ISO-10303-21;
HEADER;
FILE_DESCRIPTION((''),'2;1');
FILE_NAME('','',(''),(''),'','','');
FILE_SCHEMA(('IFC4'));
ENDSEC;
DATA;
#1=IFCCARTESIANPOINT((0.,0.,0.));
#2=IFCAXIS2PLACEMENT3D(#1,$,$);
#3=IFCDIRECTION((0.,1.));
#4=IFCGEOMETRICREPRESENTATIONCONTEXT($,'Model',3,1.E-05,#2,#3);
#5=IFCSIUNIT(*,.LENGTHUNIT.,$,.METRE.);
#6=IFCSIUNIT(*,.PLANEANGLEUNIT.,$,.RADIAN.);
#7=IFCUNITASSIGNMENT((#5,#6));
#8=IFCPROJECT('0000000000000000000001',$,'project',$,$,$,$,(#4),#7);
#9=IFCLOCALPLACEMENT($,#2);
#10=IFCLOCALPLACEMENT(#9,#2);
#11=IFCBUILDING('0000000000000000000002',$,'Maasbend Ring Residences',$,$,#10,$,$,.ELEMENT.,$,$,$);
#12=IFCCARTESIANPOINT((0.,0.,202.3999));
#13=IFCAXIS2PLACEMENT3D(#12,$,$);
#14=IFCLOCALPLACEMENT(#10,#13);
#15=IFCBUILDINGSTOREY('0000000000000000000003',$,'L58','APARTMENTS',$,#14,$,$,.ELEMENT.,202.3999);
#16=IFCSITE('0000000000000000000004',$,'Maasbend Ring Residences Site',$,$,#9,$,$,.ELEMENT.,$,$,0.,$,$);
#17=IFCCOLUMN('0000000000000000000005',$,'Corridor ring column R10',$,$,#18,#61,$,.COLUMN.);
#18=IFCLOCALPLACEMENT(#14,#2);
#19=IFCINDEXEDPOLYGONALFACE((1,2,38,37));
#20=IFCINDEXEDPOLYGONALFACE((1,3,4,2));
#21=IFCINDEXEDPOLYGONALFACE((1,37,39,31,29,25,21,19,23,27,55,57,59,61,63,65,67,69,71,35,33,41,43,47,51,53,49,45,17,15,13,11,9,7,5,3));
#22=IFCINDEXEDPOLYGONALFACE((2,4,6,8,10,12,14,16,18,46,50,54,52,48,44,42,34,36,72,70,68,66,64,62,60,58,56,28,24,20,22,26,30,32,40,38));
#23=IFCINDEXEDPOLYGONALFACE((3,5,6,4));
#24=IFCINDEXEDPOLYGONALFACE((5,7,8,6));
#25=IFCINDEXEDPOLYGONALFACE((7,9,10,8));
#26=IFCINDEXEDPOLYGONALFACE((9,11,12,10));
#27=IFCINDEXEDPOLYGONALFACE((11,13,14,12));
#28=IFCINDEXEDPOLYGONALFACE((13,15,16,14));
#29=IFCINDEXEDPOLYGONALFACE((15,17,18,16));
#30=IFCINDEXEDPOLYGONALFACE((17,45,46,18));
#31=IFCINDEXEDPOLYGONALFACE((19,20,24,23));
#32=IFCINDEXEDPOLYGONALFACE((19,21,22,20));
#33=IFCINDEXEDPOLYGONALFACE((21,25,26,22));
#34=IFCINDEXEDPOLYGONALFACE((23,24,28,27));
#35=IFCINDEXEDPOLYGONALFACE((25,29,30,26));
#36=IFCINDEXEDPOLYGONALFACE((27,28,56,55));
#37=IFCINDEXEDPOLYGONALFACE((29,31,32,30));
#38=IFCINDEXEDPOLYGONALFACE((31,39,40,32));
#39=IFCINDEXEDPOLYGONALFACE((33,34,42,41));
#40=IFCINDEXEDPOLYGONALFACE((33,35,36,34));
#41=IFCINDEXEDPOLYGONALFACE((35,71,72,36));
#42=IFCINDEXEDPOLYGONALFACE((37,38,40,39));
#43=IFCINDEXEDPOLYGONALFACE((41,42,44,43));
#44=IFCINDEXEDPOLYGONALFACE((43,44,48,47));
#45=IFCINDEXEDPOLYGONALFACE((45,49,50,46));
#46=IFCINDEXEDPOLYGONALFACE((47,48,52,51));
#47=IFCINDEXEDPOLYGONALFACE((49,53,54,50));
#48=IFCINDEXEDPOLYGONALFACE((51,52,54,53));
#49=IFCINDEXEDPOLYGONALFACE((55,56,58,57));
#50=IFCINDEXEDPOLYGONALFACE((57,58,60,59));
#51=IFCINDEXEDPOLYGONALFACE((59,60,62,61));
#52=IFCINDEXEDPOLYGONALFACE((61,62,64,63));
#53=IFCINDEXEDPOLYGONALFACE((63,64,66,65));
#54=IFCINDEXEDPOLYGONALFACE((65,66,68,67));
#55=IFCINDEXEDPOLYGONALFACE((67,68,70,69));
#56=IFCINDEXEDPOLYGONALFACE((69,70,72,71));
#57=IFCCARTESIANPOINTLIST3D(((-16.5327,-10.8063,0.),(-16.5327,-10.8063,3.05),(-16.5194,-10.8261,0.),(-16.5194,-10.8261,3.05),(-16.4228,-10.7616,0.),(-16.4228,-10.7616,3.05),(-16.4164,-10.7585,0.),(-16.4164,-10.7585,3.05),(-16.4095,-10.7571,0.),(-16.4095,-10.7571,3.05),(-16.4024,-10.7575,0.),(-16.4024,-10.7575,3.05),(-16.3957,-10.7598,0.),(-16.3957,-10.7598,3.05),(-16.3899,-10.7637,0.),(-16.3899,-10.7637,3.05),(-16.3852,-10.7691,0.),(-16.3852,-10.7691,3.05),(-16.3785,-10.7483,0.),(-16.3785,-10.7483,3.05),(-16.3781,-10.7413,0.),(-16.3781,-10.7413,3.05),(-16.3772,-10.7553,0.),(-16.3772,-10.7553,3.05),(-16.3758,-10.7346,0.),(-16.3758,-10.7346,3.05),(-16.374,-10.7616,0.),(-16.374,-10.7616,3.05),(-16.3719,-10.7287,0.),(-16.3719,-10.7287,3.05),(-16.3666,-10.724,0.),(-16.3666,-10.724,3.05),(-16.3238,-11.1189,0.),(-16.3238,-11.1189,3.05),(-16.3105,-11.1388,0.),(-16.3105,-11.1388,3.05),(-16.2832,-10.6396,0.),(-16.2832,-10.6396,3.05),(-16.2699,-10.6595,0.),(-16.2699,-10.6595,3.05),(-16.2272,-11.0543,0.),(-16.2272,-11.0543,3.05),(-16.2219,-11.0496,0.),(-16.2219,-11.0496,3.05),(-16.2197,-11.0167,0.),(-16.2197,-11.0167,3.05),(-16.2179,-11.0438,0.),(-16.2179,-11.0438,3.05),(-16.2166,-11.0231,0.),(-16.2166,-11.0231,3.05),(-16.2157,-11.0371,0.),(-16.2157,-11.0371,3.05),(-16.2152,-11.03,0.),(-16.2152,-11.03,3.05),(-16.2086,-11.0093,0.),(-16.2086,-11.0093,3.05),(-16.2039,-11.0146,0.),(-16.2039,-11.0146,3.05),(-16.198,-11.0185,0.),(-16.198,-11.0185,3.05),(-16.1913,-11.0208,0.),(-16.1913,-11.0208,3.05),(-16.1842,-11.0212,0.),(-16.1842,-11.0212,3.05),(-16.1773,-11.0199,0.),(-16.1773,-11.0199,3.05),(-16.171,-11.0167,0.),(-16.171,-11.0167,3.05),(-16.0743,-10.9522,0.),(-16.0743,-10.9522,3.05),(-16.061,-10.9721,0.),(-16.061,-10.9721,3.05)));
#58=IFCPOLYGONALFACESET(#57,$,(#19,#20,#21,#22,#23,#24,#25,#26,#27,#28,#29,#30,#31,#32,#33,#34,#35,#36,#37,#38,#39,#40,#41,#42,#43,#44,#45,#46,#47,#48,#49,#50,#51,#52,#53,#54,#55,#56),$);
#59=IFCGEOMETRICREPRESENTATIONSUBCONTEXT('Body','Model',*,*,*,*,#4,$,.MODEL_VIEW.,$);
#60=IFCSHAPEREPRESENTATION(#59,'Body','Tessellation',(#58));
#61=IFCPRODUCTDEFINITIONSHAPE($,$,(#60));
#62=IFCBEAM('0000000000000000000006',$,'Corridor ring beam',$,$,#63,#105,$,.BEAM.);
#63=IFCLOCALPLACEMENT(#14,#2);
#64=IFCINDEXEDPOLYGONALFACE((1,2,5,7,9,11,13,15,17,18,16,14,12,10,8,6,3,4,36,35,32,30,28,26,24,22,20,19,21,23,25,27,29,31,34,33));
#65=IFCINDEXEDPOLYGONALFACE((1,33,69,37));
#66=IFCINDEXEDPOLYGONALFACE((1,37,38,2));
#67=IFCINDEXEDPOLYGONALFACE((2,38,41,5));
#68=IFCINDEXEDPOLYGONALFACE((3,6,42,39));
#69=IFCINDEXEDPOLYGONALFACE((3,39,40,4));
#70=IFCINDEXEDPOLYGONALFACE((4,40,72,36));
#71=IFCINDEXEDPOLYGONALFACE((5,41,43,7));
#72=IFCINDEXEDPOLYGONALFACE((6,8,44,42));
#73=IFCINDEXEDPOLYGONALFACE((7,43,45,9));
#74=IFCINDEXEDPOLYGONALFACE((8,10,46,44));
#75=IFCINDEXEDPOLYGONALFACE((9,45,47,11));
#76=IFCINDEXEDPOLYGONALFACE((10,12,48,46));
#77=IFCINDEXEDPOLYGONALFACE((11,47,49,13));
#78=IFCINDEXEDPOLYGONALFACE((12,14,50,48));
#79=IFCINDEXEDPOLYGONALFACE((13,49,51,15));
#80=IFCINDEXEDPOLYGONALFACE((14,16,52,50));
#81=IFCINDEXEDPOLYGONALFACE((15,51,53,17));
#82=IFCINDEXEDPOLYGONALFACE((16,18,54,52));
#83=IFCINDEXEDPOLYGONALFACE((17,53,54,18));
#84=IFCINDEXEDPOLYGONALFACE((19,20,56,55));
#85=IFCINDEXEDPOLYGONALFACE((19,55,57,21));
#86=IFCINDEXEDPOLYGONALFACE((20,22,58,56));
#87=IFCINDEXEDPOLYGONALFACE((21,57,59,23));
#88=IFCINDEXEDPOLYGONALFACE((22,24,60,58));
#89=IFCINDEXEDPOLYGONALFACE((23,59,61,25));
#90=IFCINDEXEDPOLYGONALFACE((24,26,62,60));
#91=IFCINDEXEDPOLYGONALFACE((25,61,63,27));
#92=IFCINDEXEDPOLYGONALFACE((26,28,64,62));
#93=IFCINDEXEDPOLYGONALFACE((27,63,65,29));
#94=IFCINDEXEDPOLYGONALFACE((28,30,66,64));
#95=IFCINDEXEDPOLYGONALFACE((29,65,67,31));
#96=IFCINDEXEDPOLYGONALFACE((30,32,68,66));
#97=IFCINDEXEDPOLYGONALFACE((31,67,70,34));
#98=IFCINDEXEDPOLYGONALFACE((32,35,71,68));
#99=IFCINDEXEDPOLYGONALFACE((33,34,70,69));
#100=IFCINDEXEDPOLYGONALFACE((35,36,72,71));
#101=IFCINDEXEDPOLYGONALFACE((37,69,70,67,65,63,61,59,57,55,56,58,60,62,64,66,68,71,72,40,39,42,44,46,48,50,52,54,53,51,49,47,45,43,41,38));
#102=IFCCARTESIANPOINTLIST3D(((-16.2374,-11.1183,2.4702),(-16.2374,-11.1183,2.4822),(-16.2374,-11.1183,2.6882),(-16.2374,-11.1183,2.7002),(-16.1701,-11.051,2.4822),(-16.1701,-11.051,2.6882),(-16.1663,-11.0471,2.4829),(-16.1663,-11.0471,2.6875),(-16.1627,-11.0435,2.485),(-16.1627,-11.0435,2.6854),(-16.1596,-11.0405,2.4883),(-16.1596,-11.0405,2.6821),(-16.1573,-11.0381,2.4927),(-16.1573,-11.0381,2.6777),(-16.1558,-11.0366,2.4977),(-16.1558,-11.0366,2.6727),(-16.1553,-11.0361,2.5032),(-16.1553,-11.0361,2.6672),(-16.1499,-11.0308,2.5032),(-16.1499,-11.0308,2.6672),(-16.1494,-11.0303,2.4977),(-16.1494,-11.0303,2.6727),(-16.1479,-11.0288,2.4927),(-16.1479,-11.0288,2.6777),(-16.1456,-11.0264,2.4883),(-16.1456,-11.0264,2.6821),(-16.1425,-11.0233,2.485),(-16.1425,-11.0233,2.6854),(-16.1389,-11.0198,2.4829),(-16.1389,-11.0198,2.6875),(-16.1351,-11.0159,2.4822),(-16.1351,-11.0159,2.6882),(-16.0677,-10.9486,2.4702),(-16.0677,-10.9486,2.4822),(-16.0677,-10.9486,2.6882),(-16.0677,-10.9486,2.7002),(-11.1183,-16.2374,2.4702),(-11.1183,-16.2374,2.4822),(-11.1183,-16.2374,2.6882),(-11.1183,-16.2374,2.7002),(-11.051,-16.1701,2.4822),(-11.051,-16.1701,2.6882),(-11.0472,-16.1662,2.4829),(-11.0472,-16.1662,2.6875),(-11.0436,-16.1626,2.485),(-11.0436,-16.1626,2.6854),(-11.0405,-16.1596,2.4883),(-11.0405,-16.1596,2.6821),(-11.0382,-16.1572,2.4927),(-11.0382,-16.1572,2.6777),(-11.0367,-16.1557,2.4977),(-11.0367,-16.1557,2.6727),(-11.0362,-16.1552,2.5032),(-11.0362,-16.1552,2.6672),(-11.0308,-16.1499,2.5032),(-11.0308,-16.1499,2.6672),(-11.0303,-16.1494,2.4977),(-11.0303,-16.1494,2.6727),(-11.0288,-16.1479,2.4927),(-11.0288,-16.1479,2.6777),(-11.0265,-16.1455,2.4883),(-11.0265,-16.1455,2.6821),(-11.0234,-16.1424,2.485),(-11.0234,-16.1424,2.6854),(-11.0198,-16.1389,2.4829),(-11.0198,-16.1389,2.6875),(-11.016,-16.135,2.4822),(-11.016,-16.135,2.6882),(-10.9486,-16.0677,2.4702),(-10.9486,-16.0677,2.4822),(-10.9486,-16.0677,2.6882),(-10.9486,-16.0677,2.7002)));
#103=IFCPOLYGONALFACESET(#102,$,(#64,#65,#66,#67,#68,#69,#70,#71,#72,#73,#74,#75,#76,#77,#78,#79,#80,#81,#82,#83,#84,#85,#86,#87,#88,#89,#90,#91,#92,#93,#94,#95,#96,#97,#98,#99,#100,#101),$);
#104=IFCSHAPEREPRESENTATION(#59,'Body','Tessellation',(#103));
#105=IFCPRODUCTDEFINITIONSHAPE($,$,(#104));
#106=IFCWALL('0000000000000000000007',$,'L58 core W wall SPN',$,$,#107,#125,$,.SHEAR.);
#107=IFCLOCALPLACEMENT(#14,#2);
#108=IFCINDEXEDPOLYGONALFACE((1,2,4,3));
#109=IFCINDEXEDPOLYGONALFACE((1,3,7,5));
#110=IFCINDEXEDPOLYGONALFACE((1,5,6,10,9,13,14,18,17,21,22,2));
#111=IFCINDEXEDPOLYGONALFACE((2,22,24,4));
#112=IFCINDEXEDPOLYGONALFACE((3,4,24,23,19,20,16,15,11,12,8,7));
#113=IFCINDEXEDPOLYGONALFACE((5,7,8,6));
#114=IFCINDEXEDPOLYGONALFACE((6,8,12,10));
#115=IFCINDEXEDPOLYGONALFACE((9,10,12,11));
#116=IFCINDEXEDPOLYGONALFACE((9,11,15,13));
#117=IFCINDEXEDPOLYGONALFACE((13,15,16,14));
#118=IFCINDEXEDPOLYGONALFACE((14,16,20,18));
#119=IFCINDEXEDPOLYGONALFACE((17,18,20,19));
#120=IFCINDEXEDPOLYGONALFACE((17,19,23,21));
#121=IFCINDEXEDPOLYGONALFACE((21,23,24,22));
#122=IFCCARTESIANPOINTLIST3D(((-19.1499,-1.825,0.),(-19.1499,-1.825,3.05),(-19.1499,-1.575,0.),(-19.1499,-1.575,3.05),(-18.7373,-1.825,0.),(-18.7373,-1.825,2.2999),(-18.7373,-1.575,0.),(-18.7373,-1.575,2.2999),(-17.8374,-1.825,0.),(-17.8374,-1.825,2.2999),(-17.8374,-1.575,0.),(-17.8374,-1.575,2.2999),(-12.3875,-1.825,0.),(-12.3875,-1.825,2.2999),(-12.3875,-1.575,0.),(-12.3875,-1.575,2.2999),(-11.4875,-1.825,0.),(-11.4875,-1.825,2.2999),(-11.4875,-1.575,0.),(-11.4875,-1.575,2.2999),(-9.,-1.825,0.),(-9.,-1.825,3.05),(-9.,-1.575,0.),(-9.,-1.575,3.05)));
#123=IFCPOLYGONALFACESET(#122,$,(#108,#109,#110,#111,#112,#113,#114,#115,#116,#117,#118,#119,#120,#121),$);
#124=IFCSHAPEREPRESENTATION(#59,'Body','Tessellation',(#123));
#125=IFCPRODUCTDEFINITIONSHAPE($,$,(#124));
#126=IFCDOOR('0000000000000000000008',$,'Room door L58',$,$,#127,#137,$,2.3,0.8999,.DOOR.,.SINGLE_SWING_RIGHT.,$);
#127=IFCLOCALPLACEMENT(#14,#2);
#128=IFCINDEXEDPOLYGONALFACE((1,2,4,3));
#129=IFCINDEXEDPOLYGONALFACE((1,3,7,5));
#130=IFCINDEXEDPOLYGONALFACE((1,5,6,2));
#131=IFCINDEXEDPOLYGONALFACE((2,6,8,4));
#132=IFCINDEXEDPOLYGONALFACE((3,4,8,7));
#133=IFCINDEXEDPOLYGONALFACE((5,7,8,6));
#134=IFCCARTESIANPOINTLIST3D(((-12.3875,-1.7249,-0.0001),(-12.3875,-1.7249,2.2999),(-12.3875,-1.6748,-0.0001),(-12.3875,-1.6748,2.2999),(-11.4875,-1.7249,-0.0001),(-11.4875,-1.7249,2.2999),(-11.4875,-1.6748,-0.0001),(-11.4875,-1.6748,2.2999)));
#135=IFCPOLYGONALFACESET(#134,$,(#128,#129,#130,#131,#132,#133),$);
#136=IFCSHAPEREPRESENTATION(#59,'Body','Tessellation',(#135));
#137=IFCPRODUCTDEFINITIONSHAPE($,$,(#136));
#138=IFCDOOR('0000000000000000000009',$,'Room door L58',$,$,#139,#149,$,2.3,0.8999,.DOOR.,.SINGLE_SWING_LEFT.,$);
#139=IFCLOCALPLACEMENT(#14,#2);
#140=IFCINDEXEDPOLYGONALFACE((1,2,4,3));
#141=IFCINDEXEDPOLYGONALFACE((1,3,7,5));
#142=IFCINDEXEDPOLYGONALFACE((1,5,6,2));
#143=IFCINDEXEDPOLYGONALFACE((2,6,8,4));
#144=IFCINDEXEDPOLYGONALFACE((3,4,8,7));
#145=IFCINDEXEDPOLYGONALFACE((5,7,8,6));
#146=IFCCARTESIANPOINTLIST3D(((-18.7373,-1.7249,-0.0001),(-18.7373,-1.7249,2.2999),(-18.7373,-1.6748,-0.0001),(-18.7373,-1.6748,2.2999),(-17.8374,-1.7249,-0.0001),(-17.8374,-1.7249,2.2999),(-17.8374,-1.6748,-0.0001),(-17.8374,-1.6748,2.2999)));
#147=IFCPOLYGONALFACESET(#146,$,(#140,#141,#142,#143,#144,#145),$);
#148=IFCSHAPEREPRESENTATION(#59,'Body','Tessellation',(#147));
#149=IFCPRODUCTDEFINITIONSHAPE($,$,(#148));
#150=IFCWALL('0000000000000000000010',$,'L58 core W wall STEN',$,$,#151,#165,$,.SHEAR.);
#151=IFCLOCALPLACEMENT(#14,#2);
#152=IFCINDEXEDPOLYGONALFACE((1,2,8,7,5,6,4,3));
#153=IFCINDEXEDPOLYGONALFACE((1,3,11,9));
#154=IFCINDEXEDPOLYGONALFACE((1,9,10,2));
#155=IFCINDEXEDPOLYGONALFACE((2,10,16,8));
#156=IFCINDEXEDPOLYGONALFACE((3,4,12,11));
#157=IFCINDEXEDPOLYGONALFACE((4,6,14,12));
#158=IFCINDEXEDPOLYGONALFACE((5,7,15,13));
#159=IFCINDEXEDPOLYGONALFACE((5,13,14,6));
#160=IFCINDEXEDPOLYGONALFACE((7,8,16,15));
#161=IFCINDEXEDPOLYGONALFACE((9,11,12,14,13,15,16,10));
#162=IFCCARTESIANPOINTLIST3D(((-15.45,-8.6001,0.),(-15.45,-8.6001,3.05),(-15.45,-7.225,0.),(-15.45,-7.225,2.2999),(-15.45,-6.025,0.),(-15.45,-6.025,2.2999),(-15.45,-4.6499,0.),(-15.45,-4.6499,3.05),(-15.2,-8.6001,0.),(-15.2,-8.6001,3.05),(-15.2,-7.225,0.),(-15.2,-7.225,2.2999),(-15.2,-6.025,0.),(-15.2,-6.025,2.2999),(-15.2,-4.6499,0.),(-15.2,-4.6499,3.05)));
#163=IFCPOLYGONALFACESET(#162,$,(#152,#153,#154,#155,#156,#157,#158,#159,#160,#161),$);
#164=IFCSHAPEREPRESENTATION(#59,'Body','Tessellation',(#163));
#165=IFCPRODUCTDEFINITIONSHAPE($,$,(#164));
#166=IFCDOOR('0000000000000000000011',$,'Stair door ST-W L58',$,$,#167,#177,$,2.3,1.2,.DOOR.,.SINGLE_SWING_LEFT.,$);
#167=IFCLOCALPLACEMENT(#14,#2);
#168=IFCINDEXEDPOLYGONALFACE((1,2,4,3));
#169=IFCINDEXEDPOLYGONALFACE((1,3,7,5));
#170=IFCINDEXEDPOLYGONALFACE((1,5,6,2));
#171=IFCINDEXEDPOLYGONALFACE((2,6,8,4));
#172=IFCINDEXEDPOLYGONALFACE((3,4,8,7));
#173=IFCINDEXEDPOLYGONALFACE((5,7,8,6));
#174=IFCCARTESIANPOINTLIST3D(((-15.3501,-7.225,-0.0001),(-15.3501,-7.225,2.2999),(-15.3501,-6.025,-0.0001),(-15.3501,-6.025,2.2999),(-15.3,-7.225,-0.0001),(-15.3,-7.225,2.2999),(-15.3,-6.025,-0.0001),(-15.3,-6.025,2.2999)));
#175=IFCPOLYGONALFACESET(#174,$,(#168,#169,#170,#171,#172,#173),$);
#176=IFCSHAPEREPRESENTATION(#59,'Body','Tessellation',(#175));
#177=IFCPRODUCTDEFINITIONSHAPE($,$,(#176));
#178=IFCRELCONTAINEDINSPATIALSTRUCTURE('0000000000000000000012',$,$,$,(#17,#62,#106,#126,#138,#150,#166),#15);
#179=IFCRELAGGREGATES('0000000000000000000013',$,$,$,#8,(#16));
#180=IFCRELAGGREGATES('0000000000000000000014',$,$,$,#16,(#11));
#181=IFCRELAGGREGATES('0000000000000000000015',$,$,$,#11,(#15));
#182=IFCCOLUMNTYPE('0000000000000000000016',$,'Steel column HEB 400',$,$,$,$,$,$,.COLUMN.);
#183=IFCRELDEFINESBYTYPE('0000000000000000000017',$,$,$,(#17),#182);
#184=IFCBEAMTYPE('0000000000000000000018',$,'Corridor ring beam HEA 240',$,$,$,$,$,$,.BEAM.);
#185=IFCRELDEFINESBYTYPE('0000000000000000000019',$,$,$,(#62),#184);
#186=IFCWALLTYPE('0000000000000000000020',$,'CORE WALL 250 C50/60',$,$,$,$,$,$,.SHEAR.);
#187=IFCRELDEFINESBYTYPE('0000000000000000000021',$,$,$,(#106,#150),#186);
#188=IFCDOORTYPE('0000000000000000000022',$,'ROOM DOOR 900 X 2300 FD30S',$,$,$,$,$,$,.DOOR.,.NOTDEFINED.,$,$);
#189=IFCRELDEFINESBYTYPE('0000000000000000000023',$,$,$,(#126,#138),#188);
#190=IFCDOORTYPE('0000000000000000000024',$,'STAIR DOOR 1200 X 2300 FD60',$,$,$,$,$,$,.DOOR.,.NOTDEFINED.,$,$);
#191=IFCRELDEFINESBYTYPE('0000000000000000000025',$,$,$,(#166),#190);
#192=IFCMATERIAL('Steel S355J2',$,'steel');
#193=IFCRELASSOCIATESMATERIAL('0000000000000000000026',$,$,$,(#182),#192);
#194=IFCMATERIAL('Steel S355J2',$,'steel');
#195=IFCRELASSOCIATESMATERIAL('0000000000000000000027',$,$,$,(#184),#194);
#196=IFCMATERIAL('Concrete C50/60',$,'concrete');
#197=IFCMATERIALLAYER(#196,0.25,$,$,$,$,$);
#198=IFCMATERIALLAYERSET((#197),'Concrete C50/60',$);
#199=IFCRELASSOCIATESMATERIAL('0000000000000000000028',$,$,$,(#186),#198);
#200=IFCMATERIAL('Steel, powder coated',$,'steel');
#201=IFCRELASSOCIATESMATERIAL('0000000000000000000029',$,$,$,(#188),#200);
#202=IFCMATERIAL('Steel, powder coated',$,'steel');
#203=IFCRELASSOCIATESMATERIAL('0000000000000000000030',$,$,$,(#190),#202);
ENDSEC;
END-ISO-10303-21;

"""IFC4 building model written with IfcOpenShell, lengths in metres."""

from ifc_helpers import new_model, si_unit, direction, frame, frame_2d, origin, origin_2d, place, context, subcontext, project, spatial, rectangle, i_section, extrude, material, layer, layer_set, material_profile, profile_set, type_object, element, fill, save


model = new_model("IFC4")

# Units and contexts
model_context = context("Model", 3, precision=1e-05, world=origin(), true_north=direction((0.0, 1.0)))
body_context = subcontext(model_context, "Body", "Model", "MODEL_VIEW")
ifc_project = project(units=[si_unit("LENGTHUNIT", "METRE"), si_unit("PLANEANGLEUNIT", "RADIAN")], contexts=[model_context])

# Site, building, storey
site_placement = place(None, origin())
site = spatial("IfcSite", under=ifc_project, at=site_placement, Name="Maasbend Ring Residences Site", CompositionType="ELEMENT", RefElevation=0.0)
building_placement = place(site_placement, origin())
building = spatial("IfcBuilding", under=site, at=building_placement, Name="Maasbend Ring Residences", CompositionType="ELEMENT")
storey_placement = place(building_placement, frame((0.0, 0.0, 202.3999)))
storey = spatial("IfcBuildingStorey", under=building, at=storey_placement, Name="L58", Description="APARTMENTS", CompositionType="ELEMENT", Elevation=202.3999)

# Column
ifc_material_1 = material(Name="Steel S355J2", Category="steel")
ifc_material_profile_1 = material_profile(ifc_material_1, i_section(OverallWidth=0.3, OverallDepth=0.3999, WebThickness=0.0134, FlangeThickness=0.0239, FilletRadius=0.0271, at=origin_2d()), Name="HEB 400")
ifc_profile_set_1 = profile_set([ifc_material_profile_1], Name="Steel S355J2")
column_type = type_object("IfcColumnType", Name="Steel column HEB 400", PredefinedType="COLUMN", material=ifc_profile_set_1)
column_placement = place(storey_placement, frame((-16.2969, -10.8892, 0.0), z_axis=(0.0, 0.0, 1.0), x_axis=(-0.83147, -0.55557, 0.0)))
element("IfcColumn", 1, at=column_placement, inside=storey, type_object=column_type, Name="Corridor ring column R10", PredefinedType="COLUMN", context=body_context, shape_type="SweptSolid", body=[
    extrude(i_section(OverallWidth=0.3, OverallDepth=0.3999, WebThickness=0.0134, FlangeThickness=0.0239, FilletRadius=0.0271, at=origin_2d()), origin(), (0.0, 0.0, 1.0), 3.05),
])

# Beam
ifc_material_2 = material(Name="Steel S355J2", Category="steel")
ifc_material_profile_2 = material_profile(ifc_material_2, i_section(OverallWidth=0.24, OverallDepth=0.23, WebThickness=0.0076, FlangeThickness=0.012, FilletRadius=0.021, at=origin_2d()), Name="HEA 240")
ifc_profile_set_2 = profile_set([ifc_material_profile_2], Name="Steel S355J2")
beam_type = type_object("IfcBeamType", Name="Corridor ring beam HEA 240", PredefinedType="BEAM", material=ifc_profile_set_2)
beam_placement = place(storey_placement, frame((-16.1526, -11.0334, 2.5852), z_axis=(0.707107, -0.707107, 0.0), x_axis=(0.707107, 0.707107, 0.0)))
element("IfcBeam", 2, at=beam_placement, inside=storey, type_object=beam_type, Name="Corridor ring beam", PredefinedType="BEAM", context=body_context, shape_type="SweptSolid", body=[
    extrude(i_section(OverallWidth=0.24, OverallDepth=0.23, WebThickness=0.0076, FlangeThickness=0.012, FilletRadius=0.021, at=origin_2d()), origin(), (0.0, 0.0, 1.0), 7.2395),
])

# Wall, openings, doors
ifc_material_3 = material(Name="Concrete C50/60", Category="concrete")
ifc_layer_1 = layer(ifc_material_3, 0.25)
ifc_layer_set_1 = layer_set([ifc_layer_1], Name="Concrete C50/60")
wall_type_1 = type_object("IfcWallType", Name="CORE WALL 250 C50/60", PredefinedType="SHEAR", material=ifc_layer_set_1)
wall_1_placement = place(storey_placement, frame((-9.0, -1.7, 0.0), z_axis=(0.0, 0.0, 1.0), x_axis=(-1.0, 0.0, 0.0)))
wall_1 = element("IfcWall", 3, at=wall_1_placement, inside=storey, type_object=wall_type_1, Name="L58 core W wall SPN", PredefinedType="SHEAR", context=body_context, shape_type="SweptSolid", body=[
    extrude(rectangle(XDim=10.1499, YDim=0.25, at=frame_2d((5.075, 0.0))), origin(), (0.0, 0.0, 1.0), 3.05),
])
opening_1_placement = place(wall_1_placement, frame((2.4875, 0.0, 0.0)))
opening_1 = element("IfcOpeningElement", 4, at=opening_1_placement, cuts=wall_1, PredefinedType="OPENING", context=body_context, shape_type="SweptSolid", body=[
    extrude(rectangle(XDim=0.8999, YDim=2.3, at=frame_2d((0.45, 1.1499))), frame((0.0, 0.135, 0.0), z_axis=(0.0, -1.0, 0.0), x_axis=(1.0, 0.0, 0.0)), (0.0, 0.0, 1.0), 0.27),
])
opening_2_placement = place(wall_1_placement, frame((8.8374, 0.0, 0.0)))
opening_2 = element("IfcOpeningElement", 5, at=opening_2_placement, cuts=wall_1, PredefinedType="OPENING", context=body_context, shape_type="SweptSolid", body=[
    extrude(rectangle(XDim=0.8999, YDim=2.3, at=frame_2d((0.45, 1.1499))), frame((0.0, 0.135, 0.0), z_axis=(0.0, -1.0, 0.0), x_axis=(1.0, 0.0, 0.0)), (0.0, 0.0, 1.0), 0.27),
])
ifc_material_4 = material(Name="Steel, powder coated", Category="steel")
door_type_1 = type_object("IfcDoorType", Name="ROOM DOOR 900 X 2300 FD30S", OperationType="NOTDEFINED", PredefinedType="DOOR", material=ifc_material_4)
door_1_placement = place(opening_1_placement, origin())
door_1 = element("IfcDoor", 6, at=door_1_placement, inside=storey, type_object=door_type_1, Name="Room door L58", OperationType="SINGLE_SWING_RIGHT", OverallHeight=2.3, OverallWidth=0.8999, PredefinedType="DOOR", context=body_context, shape_type="SweptSolid", body=[
    extrude(rectangle(XDim=0.8999, YDim=2.3, at=frame_2d((0.45, 1.1499))), frame((0.0, 0.0249, 0.0), z_axis=(0.0, -1.0, 0.0), x_axis=(1.0, 0.0, 0.0)), (0.0, 0.0, 1.0), 0.05),
])
fill(opening_1, door_1)
door_2_placement = place(opening_2_placement, origin())
door_2 = element("IfcDoor", 7, at=door_2_placement, inside=storey, type_object=door_type_1, Name="Room door L58", OperationType="SINGLE_SWING_LEFT", OverallHeight=2.3, OverallWidth=0.8999, PredefinedType="DOOR", context=body_context, shape_type="SweptSolid", body=[
    extrude(rectangle(XDim=0.8999, YDim=2.3, at=frame_2d((0.45, 1.1499))), frame((0.0, 0.0249, 0.0), z_axis=(0.0, -1.0, 0.0), x_axis=(1.0, 0.0, 0.0)), (0.0, 0.0, 1.0), 0.05),
])
fill(opening_2, door_2)

# Wall, opening, door
wall_2_placement = place(storey_placement, frame((-15.325, -4.6499, 0.0), z_axis=(0.0, 0.0, 1.0), x_axis=(0.0, -1.0, 0.0)))
wall_2 = element("IfcWall", 8, at=wall_2_placement, inside=storey, type_object=wall_type_1, Name="L58 core W wall STEN", PredefinedType="SHEAR", context=body_context, shape_type="SweptSolid", body=[
    extrude(rectangle(XDim=3.9502, YDim=0.25, at=frame_2d((1.9751, 0.0))), origin(), (0.0, 0.0, 1.0), 3.05),
])
opening_3_placement = place(wall_2_placement, frame((1.375, 0.0, 0.0)))
opening_3 = element("IfcOpeningElement", 9, at=opening_3_placement, cuts=wall_2, PredefinedType="OPENING", context=body_context, shape_type="SweptSolid", body=[
    extrude(rectangle(XDim=1.2, YDim=2.3, at=frame_2d((0.6001, 1.1499))), frame((0.0, 0.135, 0.0), z_axis=(0.0, -1.0, 0.0), x_axis=(1.0, 0.0, 0.0)), (0.0, 0.0, 1.0), 0.27),
])
ifc_material_5 = material(Name="Steel, powder coated", Category="steel")
door_type_2 = type_object("IfcDoorType", Name="STAIR DOOR 1200 X 2300 FD60", OperationType="NOTDEFINED", PredefinedType="DOOR", material=ifc_material_5)
door_3_placement = place(opening_3_placement, origin())
door_3 = element("IfcDoor", 10, at=door_3_placement, inside=storey, type_object=door_type_2, Name="Stair door ST-W L58", OperationType="SINGLE_SWING_LEFT", OverallHeight=2.3, OverallWidth=1.2, PredefinedType="DOOR", context=body_context, shape_type="SweptSolid", body=[
    extrude(rectangle(XDim=1.2, YDim=2.3, at=frame_2d((0.6001, 1.1499))), frame((0.0, 0.0249, 0.0), z_axis=(0.0, -1.0, 0.0), x_axis=(1.0, 0.0, 0.0)), (0.0, 0.0, 1.0), 0.05),
])
fill(opening_3, door_3)

save(model, "model.ifc")
